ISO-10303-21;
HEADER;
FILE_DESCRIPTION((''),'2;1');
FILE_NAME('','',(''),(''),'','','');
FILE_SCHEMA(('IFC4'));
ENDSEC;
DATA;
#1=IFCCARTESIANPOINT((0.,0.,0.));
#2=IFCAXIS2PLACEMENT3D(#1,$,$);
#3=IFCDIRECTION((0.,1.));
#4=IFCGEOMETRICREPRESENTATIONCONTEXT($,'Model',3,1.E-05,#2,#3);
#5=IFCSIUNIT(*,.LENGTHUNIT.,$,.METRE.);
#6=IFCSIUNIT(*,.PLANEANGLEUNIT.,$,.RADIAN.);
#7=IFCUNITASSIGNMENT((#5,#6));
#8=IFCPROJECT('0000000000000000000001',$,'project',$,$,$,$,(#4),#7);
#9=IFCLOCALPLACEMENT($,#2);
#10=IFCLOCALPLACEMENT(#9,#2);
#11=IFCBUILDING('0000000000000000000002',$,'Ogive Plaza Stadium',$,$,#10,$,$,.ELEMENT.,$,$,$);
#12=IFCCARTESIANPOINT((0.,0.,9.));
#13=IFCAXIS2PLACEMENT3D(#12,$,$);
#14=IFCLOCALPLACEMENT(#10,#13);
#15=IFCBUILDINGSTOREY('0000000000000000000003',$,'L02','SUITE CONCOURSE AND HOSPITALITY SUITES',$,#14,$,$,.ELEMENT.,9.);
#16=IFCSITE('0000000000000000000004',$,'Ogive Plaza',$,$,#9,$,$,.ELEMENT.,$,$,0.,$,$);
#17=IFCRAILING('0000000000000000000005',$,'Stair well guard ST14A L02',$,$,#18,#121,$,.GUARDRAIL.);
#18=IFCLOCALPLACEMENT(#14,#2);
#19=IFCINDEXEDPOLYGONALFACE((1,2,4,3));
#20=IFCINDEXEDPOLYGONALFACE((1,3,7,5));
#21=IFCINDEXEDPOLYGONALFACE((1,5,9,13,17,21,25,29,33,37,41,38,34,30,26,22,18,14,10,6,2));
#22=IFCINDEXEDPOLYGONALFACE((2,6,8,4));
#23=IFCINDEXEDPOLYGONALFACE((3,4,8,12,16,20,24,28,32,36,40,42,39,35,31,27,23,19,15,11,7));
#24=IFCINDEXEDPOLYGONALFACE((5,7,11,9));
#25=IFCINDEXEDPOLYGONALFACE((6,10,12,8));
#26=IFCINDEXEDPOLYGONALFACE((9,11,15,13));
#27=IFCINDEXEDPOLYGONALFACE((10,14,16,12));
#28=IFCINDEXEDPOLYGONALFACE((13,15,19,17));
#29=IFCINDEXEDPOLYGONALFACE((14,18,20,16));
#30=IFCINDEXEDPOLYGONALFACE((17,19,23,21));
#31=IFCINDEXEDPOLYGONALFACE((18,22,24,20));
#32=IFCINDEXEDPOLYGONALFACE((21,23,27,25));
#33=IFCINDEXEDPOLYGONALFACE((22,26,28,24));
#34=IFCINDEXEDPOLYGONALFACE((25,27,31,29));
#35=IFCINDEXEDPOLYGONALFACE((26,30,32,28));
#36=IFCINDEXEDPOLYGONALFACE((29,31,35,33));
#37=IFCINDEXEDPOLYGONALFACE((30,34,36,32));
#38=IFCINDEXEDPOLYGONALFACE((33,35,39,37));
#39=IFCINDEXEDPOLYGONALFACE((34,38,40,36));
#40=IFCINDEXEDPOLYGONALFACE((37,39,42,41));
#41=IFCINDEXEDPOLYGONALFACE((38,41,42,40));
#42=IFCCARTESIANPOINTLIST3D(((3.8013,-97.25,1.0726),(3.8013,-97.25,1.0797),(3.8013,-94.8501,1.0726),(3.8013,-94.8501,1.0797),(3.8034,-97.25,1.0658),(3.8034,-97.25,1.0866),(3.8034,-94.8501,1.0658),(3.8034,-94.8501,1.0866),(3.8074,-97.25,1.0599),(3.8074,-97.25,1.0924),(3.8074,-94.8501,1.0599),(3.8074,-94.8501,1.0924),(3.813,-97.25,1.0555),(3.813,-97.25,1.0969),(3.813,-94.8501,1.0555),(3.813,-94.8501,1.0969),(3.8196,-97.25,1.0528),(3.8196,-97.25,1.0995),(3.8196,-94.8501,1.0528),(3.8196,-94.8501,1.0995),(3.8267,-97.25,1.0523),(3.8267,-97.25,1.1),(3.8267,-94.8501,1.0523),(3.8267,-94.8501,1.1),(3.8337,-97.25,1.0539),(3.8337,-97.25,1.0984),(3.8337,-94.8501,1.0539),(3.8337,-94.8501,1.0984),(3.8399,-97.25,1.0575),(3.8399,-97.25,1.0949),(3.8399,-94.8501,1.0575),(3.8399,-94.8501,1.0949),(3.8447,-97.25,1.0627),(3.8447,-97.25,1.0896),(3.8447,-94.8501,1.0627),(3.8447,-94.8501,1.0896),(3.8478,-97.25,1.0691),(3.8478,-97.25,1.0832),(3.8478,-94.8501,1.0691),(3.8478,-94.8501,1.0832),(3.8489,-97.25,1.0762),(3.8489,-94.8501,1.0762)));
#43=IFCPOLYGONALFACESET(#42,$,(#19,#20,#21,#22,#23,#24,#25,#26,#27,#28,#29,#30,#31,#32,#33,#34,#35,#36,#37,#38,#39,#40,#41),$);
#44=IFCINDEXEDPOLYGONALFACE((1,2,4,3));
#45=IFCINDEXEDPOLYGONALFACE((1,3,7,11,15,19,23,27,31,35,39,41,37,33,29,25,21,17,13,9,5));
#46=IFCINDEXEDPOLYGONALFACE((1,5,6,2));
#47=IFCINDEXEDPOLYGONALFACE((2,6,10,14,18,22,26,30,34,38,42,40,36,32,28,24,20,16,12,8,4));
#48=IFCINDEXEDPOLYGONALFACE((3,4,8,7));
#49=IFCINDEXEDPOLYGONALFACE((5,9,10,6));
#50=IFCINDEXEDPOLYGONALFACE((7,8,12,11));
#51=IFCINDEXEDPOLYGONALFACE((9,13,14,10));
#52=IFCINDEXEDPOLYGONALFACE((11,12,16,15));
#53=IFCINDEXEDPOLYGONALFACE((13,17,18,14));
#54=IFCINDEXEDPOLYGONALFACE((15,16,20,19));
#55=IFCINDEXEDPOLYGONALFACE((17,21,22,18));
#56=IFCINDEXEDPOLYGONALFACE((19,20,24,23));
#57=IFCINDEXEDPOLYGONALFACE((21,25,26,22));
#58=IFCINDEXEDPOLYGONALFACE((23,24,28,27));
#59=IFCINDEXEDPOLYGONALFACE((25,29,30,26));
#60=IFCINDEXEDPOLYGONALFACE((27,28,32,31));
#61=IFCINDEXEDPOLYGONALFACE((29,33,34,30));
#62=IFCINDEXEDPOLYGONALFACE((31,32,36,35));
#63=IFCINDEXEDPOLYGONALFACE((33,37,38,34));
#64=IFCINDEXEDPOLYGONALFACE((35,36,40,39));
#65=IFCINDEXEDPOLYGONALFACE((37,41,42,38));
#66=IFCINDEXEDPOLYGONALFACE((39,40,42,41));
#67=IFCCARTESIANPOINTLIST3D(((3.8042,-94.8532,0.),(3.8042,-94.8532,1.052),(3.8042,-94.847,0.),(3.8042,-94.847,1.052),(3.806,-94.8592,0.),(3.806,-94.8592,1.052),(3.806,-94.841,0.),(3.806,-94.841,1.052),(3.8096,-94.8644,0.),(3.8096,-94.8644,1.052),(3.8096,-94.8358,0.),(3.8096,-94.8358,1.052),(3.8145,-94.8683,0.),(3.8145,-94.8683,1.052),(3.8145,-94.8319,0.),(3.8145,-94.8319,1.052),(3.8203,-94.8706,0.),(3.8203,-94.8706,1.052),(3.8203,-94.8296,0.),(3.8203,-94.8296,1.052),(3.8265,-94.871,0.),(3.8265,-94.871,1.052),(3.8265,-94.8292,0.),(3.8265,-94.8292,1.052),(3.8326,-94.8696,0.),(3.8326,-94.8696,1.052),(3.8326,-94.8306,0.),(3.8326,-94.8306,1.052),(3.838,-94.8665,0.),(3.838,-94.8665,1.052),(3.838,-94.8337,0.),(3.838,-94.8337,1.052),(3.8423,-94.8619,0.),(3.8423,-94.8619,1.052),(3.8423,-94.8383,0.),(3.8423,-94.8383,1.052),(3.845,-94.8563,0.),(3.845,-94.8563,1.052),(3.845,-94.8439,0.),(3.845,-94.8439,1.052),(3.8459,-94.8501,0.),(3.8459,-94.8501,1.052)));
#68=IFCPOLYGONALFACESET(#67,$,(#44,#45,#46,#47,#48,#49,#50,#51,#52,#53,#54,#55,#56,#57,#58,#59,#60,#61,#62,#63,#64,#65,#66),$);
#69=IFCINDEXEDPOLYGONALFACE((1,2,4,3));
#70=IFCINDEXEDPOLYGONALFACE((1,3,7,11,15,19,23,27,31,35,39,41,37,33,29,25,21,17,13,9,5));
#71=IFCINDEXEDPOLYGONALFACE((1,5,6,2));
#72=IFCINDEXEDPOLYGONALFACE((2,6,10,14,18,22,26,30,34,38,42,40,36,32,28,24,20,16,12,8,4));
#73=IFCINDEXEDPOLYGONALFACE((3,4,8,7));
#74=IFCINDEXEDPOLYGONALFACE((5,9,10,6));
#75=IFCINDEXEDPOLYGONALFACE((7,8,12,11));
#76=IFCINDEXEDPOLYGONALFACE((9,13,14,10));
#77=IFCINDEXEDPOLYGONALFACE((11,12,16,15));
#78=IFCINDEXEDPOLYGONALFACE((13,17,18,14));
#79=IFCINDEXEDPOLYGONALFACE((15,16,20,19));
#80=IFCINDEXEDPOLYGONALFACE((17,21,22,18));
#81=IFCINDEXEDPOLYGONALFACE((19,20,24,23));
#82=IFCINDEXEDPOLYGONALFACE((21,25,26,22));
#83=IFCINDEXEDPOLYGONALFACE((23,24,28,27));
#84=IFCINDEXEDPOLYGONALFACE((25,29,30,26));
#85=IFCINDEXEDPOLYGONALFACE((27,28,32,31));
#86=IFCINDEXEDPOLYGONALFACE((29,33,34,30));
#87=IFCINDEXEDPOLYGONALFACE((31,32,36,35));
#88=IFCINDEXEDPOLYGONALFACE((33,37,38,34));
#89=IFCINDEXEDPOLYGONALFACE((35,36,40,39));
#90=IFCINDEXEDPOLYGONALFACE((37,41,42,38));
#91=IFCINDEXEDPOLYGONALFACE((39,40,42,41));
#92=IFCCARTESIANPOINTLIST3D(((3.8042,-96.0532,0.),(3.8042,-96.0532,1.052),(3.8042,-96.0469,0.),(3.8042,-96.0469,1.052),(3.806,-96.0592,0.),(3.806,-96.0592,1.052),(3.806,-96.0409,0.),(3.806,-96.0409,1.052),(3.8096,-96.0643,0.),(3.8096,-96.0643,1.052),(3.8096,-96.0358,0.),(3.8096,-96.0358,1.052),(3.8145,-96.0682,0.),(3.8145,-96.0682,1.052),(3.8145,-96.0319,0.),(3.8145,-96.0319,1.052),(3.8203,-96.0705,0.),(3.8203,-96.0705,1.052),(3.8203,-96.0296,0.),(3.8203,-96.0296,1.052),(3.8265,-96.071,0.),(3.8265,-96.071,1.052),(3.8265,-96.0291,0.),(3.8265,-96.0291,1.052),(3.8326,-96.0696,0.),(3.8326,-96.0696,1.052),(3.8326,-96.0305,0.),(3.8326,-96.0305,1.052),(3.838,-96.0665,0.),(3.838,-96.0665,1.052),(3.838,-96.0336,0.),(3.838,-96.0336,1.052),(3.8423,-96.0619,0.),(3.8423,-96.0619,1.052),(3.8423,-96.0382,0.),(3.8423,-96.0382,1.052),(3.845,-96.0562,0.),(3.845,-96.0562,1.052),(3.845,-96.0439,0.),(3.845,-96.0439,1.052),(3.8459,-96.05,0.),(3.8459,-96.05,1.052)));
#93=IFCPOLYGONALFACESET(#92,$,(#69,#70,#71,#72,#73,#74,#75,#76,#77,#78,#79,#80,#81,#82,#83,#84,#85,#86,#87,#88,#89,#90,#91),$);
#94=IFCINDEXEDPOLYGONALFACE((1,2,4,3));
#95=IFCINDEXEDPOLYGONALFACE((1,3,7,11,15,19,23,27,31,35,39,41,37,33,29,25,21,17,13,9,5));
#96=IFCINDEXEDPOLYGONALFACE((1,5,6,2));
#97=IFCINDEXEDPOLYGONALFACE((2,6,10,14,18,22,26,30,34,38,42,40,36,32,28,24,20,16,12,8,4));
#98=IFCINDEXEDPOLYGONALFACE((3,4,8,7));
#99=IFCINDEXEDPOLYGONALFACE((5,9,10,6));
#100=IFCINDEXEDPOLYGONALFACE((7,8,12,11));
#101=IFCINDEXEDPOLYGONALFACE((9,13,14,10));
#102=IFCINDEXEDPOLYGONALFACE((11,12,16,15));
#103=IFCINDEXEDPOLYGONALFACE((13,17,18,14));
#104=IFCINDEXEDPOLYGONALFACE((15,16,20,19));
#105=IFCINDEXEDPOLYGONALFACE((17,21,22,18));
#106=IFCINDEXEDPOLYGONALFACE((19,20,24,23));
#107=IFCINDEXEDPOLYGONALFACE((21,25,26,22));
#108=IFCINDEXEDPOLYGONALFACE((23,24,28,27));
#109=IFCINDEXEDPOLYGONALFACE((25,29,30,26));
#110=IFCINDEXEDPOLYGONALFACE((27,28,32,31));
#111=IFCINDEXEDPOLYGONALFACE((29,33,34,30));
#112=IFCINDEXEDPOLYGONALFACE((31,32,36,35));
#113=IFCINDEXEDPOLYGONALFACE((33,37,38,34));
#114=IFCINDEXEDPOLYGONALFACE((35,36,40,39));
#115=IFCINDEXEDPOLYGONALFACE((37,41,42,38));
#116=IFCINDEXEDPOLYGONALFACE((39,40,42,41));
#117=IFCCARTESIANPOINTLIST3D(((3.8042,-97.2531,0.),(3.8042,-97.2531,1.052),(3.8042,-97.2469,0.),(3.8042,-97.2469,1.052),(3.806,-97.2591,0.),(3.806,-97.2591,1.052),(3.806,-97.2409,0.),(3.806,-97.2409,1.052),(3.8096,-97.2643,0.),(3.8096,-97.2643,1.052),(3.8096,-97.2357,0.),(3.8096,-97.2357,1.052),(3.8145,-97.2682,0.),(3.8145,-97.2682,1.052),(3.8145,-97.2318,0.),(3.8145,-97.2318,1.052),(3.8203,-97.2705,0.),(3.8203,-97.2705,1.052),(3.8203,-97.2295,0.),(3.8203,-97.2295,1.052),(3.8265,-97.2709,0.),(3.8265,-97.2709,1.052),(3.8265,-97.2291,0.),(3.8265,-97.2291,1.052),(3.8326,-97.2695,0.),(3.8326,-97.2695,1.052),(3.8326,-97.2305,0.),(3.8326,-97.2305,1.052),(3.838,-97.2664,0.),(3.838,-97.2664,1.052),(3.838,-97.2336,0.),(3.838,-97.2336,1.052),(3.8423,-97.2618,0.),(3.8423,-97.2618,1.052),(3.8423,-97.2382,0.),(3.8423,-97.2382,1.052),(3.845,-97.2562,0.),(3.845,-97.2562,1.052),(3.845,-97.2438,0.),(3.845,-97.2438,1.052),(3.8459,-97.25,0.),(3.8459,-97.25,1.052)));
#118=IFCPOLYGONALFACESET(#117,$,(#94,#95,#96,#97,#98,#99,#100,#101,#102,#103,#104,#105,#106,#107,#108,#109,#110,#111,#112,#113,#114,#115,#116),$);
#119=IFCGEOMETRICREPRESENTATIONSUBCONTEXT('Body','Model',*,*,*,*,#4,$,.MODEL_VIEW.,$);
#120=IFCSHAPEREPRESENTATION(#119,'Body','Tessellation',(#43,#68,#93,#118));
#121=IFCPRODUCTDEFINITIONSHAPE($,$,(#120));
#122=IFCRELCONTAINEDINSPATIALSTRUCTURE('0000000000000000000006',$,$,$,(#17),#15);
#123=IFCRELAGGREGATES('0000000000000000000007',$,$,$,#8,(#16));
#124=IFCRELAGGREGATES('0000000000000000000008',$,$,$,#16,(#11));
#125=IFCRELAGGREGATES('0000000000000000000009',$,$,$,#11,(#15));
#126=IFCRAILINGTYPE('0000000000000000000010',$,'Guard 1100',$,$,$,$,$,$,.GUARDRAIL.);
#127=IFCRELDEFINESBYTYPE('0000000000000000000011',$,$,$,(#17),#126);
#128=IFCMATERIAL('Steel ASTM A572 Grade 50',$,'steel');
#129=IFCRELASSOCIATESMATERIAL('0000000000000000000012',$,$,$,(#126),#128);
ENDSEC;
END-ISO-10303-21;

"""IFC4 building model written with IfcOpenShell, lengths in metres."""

from ifc_helpers import new_model, si_unit, direction, frame, origin, origin_2d, place, context, subcontext, project, spatial, circle, extrude, material, type_object, element, save


model = new_model("IFC4")

# Units and contexts
model_context = context("Model", 3, precision=1e-05, world=origin(), true_north=direction((0.0, 1.0)))
body_context = subcontext(model_context, "Body", "Model", "MODEL_VIEW")
ifc_project = project(units=[si_unit("LENGTHUNIT", "METRE"), si_unit("PLANEANGLEUNIT", "RADIAN")], contexts=[model_context])

# Site, building, storey
site_placement = place(None, origin())
site = spatial("IfcSite", under=ifc_project, at=site_placement, Name="Ogive Plaza", CompositionType="ELEMENT", RefElevation=0.0)
building_placement = place(site_placement, origin())
building = spatial("IfcBuilding", under=site, at=building_placement, Name="Ogive Plaza Stadium", CompositionType="ELEMENT")
storey_placement = place(building_placement, frame((0.0, 0.0, 9.0)))
storey = spatial("IfcBuildingStorey", under=building, at=storey_placement, Name="L02", Description="SUITE CONCOURSE AND HOSPITALITY SUITES", CompositionType="ELEMENT", Elevation=9.0)

# Railing
ifc_material_1 = material(Name="Steel ASTM A572 Grade 50", Category="steel")
railing_type = type_object("IfcRailingType", Name="Guard 1100", PredefinedType="GUARDRAIL", material=ifc_material_1)
railing_1_placement = place(storey_placement, frame((3.825, -94.8501, 0.0)))
element("IfcRailing", 1, at=railing_1_placement, inside=storey, type_object=railing_type, Name="Stair well guard ST14A L02", PredefinedType="GUARDRAIL", context=body_context, shape_type="SweptSolid", body=[
    extrude(circle(Radius=0.0239, at=origin_2d()), frame((0.0, 0.0, 1.0762), z_axis=(0.0, -1.0, 0.0), x_axis=(1.0, 0.0, 0.0)), (0.0, 0.0, 1.0), 2.3999),
    extrude(circle(Radius=0.021, at=origin_2d()), origin(), (0.0, 0.0, 1.0), 1.052),
    extrude(circle(Radius=0.021, at=origin_2d()), frame((0.0, -1.2, 0.0)), (0.0, 0.0, 1.0), 1.052),
    extrude(circle(Radius=0.021, at=origin_2d()), frame((0.0, -2.3999, 0.0)), (0.0, 0.0, 1.0), 1.052),
])

save(model, "model.ifc")
